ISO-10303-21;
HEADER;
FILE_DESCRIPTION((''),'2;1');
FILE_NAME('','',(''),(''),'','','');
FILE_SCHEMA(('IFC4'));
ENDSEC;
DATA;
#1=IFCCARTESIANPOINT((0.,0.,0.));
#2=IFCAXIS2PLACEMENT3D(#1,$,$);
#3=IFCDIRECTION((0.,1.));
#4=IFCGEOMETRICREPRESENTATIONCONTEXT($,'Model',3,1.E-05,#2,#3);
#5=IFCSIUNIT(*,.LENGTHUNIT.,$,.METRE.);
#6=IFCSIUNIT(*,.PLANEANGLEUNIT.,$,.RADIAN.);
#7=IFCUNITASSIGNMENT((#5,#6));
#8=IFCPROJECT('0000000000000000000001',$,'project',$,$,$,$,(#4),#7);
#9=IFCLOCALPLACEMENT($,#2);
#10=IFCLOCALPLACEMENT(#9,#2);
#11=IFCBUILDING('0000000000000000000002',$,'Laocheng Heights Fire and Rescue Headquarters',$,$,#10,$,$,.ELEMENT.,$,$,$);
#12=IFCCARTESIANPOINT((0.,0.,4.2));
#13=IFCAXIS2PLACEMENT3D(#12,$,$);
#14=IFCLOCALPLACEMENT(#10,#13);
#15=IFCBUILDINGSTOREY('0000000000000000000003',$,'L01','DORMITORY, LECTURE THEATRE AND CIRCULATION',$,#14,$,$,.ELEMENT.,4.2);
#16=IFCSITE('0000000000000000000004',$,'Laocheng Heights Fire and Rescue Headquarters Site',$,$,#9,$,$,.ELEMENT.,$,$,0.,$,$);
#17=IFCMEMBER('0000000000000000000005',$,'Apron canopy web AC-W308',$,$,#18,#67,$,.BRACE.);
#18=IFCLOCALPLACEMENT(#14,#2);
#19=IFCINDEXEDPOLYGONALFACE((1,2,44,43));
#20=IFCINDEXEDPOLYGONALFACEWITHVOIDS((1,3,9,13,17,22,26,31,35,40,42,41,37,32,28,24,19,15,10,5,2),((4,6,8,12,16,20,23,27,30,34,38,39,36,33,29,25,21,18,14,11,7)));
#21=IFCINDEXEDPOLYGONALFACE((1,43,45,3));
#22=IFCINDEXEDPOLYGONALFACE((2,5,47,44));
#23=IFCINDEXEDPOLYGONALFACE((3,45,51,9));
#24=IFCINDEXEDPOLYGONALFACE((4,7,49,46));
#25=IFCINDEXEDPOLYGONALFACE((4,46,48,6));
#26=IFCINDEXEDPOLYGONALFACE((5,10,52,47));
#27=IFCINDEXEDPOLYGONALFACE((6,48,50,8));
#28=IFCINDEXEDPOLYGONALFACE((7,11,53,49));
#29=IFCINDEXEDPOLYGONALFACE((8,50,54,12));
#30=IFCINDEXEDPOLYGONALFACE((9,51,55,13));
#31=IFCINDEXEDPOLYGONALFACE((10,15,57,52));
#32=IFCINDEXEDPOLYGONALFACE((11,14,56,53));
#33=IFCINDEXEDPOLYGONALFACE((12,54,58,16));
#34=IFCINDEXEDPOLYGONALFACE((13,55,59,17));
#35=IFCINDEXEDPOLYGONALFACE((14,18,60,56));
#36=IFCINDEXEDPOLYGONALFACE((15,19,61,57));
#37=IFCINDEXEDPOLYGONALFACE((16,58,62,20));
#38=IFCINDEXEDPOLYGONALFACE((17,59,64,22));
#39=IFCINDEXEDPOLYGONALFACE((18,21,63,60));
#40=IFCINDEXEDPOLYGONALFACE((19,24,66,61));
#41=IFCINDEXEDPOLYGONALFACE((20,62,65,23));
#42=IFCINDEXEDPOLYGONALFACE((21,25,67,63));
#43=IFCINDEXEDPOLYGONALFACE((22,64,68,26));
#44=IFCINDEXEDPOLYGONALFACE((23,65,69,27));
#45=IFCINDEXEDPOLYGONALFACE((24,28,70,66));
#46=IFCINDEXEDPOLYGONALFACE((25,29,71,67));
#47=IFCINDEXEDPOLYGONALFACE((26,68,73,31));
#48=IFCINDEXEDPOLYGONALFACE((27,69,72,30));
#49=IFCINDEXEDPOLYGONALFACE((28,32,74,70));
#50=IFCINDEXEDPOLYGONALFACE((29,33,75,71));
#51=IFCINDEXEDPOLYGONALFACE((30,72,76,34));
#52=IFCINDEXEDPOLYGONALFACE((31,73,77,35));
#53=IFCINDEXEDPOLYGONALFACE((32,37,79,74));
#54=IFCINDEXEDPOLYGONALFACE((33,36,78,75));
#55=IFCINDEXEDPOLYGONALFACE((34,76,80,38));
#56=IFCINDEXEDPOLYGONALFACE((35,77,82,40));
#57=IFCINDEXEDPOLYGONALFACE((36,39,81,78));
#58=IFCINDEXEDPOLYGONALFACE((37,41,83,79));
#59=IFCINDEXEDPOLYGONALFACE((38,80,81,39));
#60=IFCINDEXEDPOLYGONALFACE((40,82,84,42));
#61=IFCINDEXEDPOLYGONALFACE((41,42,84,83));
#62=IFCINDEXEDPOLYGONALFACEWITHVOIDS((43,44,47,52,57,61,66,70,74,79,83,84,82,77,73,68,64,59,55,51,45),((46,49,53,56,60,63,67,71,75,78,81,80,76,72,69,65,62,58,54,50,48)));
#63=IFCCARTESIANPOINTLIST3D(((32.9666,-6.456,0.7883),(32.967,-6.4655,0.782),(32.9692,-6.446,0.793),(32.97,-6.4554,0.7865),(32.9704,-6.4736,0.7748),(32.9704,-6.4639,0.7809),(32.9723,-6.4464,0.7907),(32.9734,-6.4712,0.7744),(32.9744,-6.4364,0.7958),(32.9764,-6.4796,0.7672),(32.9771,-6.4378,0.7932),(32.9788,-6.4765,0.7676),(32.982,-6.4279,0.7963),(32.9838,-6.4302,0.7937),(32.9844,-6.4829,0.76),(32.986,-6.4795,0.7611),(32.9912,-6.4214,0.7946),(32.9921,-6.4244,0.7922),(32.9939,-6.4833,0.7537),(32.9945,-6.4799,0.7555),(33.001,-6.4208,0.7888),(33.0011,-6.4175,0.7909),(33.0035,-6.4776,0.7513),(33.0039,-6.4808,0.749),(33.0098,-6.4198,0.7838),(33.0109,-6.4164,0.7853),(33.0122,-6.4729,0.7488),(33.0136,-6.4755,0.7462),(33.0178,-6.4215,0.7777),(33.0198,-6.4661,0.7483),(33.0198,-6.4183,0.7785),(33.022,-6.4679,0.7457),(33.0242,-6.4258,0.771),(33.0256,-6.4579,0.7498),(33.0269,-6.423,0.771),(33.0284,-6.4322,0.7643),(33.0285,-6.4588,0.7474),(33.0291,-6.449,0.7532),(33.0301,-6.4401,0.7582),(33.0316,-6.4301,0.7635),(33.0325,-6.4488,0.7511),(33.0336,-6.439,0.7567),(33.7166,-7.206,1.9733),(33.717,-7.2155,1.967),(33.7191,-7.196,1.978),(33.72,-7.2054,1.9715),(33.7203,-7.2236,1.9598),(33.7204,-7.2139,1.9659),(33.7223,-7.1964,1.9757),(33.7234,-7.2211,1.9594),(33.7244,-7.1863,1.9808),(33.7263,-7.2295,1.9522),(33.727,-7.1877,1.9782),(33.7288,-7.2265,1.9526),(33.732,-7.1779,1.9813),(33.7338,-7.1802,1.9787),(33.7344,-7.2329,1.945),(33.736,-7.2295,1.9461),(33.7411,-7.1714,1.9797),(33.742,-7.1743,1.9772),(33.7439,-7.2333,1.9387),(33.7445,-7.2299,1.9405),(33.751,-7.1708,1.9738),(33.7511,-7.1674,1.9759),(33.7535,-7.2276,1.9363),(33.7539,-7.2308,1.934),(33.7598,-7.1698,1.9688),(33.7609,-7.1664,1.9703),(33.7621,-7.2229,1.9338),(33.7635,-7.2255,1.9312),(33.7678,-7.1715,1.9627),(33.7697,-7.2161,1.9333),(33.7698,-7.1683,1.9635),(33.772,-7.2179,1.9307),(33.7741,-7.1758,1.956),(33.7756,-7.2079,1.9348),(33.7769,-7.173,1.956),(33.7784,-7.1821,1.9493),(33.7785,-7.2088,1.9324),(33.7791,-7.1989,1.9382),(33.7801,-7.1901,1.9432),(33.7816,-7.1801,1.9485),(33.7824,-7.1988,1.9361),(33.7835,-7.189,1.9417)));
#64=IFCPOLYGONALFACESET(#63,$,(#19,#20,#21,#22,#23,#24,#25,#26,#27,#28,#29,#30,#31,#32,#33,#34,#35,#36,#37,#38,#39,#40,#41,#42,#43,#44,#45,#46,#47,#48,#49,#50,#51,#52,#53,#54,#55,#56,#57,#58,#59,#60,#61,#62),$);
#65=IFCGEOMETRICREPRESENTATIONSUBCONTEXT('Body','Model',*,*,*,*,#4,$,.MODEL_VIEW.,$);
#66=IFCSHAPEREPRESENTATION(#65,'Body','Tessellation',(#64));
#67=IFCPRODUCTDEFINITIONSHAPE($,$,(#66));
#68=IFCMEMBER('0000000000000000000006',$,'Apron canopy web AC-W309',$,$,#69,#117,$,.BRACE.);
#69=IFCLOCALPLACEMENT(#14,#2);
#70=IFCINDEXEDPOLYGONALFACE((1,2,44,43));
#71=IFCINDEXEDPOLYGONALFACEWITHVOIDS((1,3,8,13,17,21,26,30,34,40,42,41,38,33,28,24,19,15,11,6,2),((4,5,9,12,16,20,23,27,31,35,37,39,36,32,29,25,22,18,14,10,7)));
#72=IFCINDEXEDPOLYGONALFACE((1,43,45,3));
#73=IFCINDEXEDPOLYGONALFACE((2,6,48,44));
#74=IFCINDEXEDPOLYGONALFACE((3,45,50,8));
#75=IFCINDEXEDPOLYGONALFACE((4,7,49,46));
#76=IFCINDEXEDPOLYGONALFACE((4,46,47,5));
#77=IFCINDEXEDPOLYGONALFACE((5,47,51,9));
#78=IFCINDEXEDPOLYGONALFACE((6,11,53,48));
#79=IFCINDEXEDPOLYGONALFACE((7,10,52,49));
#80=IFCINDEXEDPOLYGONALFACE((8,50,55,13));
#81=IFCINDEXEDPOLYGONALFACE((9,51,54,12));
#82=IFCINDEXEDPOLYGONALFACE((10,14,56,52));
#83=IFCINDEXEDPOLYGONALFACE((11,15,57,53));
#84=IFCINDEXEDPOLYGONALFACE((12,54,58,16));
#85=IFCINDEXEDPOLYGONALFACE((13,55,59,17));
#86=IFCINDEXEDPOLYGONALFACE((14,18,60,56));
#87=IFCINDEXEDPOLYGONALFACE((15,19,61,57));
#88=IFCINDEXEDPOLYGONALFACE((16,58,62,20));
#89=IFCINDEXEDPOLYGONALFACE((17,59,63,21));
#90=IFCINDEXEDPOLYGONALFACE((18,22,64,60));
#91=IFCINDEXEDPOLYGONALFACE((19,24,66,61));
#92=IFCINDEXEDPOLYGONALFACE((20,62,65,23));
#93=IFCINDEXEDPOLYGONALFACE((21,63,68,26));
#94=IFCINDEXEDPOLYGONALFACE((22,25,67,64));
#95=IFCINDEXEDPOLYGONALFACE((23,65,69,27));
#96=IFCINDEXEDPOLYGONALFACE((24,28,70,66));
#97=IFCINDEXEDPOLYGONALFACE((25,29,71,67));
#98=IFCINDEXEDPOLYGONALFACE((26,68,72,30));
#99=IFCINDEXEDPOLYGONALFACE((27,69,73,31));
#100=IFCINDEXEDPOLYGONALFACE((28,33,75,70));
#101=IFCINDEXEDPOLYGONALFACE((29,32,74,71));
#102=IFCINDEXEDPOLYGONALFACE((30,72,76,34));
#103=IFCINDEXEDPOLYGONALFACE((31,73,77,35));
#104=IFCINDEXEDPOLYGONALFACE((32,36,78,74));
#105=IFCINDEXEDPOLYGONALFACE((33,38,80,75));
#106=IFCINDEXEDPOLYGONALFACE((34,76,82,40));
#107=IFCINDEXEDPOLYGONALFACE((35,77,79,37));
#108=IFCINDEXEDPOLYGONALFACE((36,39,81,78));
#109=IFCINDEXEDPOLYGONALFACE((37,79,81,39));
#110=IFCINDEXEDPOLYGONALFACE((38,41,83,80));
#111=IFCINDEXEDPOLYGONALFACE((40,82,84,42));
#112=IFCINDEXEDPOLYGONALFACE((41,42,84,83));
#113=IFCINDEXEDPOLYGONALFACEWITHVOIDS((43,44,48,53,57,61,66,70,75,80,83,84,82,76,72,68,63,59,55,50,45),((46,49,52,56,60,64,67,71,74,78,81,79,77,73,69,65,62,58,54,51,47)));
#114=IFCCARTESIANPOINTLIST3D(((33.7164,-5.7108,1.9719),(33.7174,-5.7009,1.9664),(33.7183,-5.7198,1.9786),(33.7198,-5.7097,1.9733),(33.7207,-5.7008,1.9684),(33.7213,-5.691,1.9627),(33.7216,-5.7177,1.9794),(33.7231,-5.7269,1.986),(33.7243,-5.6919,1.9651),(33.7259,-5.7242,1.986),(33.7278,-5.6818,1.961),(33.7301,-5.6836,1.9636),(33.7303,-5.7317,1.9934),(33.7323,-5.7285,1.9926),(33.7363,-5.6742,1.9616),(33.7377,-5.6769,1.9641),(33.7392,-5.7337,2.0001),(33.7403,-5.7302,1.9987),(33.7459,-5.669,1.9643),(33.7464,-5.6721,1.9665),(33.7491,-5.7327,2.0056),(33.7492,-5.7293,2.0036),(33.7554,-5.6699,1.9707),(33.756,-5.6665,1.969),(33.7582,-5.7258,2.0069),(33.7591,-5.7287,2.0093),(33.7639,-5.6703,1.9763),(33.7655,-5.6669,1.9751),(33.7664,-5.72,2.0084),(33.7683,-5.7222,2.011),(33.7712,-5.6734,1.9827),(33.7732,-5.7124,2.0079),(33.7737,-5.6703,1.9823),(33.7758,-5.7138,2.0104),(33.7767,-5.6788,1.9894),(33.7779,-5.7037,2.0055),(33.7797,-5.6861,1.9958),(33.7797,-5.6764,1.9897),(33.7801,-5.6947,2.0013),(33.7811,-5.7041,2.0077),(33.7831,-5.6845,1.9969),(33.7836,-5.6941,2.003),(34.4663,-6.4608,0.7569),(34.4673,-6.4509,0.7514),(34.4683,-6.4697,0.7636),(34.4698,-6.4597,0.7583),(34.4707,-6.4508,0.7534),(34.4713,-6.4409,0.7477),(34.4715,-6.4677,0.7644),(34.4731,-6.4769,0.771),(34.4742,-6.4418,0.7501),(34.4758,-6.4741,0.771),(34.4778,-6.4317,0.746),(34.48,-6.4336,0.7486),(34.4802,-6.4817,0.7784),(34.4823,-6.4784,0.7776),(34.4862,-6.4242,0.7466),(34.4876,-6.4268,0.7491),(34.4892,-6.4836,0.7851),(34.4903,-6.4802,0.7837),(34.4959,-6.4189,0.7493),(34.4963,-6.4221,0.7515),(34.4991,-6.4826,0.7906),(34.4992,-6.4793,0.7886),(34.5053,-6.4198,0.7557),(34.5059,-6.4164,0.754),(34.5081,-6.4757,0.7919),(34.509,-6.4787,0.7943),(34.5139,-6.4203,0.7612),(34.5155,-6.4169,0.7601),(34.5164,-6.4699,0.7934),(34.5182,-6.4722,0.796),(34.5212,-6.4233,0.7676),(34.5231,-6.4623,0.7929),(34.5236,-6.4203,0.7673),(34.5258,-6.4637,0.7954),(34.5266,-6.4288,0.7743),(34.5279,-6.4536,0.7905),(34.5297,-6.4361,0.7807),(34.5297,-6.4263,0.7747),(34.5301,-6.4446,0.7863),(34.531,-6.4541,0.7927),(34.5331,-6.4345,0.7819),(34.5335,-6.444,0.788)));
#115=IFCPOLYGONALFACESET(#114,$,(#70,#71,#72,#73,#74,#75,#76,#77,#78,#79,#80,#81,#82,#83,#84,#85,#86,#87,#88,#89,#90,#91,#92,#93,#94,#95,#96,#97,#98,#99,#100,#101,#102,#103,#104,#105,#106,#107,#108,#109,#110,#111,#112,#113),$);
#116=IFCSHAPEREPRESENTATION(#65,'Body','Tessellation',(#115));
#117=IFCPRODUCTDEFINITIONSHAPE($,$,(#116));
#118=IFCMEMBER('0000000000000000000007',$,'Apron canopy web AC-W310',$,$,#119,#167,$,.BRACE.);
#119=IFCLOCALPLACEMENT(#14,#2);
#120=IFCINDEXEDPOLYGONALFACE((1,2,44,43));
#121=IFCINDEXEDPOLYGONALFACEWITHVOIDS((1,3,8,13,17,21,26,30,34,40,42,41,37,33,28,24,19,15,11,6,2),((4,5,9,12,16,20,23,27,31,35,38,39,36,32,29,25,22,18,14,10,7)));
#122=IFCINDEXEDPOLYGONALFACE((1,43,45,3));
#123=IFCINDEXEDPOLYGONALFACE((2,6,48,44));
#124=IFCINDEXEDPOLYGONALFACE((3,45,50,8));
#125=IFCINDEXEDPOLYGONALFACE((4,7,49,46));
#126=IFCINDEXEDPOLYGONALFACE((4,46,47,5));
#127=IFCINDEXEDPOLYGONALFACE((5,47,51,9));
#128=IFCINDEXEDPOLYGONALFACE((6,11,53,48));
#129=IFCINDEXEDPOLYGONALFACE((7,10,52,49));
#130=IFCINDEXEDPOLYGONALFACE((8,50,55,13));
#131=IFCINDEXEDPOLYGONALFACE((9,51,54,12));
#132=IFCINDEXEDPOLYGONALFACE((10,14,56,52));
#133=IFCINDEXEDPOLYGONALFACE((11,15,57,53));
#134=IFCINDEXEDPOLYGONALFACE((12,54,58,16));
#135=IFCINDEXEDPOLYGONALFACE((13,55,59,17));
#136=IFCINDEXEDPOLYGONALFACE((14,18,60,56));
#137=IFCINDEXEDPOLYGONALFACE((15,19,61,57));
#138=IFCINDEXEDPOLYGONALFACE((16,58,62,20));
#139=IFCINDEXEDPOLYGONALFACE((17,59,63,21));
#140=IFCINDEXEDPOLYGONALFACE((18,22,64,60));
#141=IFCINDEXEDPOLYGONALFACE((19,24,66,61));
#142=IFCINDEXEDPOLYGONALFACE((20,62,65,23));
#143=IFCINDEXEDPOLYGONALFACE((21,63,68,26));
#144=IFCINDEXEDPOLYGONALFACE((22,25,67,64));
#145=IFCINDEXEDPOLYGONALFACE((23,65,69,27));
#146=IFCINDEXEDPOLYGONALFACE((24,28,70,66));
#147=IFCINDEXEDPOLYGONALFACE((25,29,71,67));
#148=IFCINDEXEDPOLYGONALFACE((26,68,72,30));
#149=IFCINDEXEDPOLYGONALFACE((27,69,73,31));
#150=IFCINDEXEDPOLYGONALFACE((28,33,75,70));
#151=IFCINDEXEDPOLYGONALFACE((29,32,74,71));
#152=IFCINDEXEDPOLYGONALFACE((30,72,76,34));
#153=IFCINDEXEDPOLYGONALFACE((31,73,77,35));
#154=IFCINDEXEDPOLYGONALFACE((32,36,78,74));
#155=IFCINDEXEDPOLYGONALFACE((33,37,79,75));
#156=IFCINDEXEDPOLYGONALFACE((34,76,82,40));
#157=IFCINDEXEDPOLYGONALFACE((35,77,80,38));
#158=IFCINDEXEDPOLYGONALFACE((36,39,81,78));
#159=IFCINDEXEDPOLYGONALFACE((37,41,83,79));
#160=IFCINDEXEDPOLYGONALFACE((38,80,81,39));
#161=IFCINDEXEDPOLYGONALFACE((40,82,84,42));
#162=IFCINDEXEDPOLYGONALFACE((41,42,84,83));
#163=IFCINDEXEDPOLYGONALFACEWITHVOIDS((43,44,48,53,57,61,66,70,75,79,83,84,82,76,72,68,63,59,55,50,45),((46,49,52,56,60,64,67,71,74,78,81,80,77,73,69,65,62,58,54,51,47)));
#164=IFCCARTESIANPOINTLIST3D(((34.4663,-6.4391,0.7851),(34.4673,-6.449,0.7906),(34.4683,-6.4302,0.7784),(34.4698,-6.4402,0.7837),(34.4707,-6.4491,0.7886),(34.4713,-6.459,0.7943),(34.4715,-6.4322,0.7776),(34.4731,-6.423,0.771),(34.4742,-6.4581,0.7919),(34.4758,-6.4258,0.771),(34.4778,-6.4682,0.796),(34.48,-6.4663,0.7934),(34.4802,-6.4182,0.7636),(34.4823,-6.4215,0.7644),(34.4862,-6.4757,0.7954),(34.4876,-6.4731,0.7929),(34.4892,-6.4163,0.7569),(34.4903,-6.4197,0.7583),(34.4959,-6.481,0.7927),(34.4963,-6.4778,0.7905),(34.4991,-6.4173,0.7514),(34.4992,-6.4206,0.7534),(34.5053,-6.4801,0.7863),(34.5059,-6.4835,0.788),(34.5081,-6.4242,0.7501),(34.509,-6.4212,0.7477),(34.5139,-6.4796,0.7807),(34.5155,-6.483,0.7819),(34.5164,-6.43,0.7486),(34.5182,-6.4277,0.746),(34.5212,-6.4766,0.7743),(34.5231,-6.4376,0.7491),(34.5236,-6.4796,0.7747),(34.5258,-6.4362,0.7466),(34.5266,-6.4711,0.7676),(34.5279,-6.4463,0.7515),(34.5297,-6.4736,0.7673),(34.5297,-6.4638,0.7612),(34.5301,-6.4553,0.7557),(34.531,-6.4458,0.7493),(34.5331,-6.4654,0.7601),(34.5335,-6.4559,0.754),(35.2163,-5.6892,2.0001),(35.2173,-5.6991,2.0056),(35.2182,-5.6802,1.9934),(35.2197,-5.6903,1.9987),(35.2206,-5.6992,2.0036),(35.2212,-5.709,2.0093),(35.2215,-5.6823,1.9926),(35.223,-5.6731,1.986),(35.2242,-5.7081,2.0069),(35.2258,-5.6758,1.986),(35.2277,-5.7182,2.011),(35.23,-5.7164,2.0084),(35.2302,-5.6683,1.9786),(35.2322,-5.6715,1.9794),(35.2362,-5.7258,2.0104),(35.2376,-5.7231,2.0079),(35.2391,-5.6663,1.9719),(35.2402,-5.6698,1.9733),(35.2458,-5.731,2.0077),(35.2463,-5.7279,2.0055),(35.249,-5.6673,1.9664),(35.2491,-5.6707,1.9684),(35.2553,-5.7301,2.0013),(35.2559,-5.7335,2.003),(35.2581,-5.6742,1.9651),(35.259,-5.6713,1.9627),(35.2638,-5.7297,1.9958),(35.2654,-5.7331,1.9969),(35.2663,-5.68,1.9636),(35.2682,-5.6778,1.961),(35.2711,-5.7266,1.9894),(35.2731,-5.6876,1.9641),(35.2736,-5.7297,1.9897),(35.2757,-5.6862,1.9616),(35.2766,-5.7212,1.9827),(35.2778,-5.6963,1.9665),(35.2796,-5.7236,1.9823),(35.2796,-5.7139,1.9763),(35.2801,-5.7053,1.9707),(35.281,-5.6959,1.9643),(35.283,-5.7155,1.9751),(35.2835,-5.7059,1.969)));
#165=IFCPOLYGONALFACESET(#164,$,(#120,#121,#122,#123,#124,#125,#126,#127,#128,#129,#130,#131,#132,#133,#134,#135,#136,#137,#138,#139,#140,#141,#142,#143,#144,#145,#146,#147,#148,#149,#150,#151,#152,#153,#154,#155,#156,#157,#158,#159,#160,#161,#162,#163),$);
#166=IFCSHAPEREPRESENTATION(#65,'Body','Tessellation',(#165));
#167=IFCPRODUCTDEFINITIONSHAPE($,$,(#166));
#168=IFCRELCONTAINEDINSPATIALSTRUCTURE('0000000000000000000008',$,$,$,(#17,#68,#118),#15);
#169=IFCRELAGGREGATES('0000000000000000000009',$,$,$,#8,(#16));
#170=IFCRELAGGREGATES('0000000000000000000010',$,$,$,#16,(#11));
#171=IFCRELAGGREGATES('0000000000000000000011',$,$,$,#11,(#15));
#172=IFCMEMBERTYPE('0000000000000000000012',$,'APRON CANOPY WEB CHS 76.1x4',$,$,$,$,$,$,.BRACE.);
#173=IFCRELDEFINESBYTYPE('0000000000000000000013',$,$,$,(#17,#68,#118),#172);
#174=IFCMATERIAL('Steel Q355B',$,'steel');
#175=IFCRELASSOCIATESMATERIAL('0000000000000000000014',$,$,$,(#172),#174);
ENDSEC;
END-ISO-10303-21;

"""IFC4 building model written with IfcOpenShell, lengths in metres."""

from ifc_helpers import new_model, si_unit, direction, frame, origin, origin_2d, place, context, subcontext, project, spatial, hollow_circle, extrude, material, material_profile, profile_set, type_object, element, save


model = new_model("IFC4")

# Units and contexts
model_context = context("Model", 3, precision=1e-05, world=origin(), true_north=direction((0.0, 1.0)))
body_context = subcontext(model_context, "Body", "Model", "MODEL_VIEW")
ifc_project = project(units=[si_unit("LENGTHUNIT", "METRE"), si_unit("PLANEANGLEUNIT", "RADIAN")], contexts=[model_context])

# Site, building, storey
site_placement = place(None, origin())
site = spatial("IfcSite", under=ifc_project, at=site_placement, Name="Laocheng Heights Fire and Rescue Headquarters Site", CompositionType="ELEMENT", RefElevation=0.0)
building_placement = place(site_placement, origin())
building = spatial("IfcBuilding", under=site, at=building_placement, Name="Laocheng Heights Fire and Rescue Headquarters", CompositionType="ELEMENT")
storey_placement = place(building_placement, frame((0.0, 0.0, 4.2)))
storey = spatial("IfcBuildingStorey", under=building, at=storey_placement, Name="L01", Description="DORMITORY, LECTURE THEATRE AND CIRCULATION", CompositionType="ELEMENT", Elevation=4.2)

# Members
ifc_material_1 = material(Name="Steel Q355B", Category="steel")
ifc_material_profile_1 = material_profile(ifc_material_1, hollow_circle(Radius=0.0381, WallThickness=0.0039, at=origin_2d()), Name="CHS 76.1x4")
ifc_profile_set_1 = profile_set([ifc_material_profile_1], Name="Steel Q355B")
member_type_1 = type_object("IfcMemberType", Name="APRON CANOPY WEB CHS 76.1x4", PredefinedType="BRACE", material=ifc_profile_set_1)
for number, where, z_axis, x_axis, name in (
    (1, (33.0, -6.45, 0.771), (0.47158, -0.47158, 0.745134), (0.707107, 0.707107, 0.0), "Apron canopy web AC-W308"),
):
    element("IfcMember", number, at=place(storey_placement, frame(where, z_axis=z_axis, x_axis=x_axis)), inside=storey, type_object=member_type_1, Name=name, PredefinedType="BRACE", context=body_context, shape_type="SweptSolid", body=[
        extrude(hollow_circle(Radius=0.0381, WallThickness=0.0039, at=origin_2d()), origin(), (0.0, 0.0, 1.0), 1.5903),
    ])
for number, where, z_axis, x_axis, name in (
    (2, (34.5, -6.45, 0.771), (-0.465002, 0.465002, 0.753357), (-0.707107, -0.707107, 0.0), "Apron canopy web AC-W309"),
    (3, (34.5, -6.45, 0.771), (0.465002, 0.465002, 0.753357), (-0.707107, 0.707107, 0.0), "Apron canopy web AC-W310"),
):
    element("IfcMember", number, at=place(storey_placement, frame(where, z_axis=z_axis, x_axis=x_axis)), inside=storey, type_object=member_type_1, Name=name, PredefinedType="BRACE", context=body_context, shape_type="SweptSolid", body=[
        extrude(hollow_circle(Radius=0.0381, WallThickness=0.0039, at=origin_2d()), origin(), (0.0, 0.0, 1.0), 1.6128),
    ])

save(model, "model.ifc")
